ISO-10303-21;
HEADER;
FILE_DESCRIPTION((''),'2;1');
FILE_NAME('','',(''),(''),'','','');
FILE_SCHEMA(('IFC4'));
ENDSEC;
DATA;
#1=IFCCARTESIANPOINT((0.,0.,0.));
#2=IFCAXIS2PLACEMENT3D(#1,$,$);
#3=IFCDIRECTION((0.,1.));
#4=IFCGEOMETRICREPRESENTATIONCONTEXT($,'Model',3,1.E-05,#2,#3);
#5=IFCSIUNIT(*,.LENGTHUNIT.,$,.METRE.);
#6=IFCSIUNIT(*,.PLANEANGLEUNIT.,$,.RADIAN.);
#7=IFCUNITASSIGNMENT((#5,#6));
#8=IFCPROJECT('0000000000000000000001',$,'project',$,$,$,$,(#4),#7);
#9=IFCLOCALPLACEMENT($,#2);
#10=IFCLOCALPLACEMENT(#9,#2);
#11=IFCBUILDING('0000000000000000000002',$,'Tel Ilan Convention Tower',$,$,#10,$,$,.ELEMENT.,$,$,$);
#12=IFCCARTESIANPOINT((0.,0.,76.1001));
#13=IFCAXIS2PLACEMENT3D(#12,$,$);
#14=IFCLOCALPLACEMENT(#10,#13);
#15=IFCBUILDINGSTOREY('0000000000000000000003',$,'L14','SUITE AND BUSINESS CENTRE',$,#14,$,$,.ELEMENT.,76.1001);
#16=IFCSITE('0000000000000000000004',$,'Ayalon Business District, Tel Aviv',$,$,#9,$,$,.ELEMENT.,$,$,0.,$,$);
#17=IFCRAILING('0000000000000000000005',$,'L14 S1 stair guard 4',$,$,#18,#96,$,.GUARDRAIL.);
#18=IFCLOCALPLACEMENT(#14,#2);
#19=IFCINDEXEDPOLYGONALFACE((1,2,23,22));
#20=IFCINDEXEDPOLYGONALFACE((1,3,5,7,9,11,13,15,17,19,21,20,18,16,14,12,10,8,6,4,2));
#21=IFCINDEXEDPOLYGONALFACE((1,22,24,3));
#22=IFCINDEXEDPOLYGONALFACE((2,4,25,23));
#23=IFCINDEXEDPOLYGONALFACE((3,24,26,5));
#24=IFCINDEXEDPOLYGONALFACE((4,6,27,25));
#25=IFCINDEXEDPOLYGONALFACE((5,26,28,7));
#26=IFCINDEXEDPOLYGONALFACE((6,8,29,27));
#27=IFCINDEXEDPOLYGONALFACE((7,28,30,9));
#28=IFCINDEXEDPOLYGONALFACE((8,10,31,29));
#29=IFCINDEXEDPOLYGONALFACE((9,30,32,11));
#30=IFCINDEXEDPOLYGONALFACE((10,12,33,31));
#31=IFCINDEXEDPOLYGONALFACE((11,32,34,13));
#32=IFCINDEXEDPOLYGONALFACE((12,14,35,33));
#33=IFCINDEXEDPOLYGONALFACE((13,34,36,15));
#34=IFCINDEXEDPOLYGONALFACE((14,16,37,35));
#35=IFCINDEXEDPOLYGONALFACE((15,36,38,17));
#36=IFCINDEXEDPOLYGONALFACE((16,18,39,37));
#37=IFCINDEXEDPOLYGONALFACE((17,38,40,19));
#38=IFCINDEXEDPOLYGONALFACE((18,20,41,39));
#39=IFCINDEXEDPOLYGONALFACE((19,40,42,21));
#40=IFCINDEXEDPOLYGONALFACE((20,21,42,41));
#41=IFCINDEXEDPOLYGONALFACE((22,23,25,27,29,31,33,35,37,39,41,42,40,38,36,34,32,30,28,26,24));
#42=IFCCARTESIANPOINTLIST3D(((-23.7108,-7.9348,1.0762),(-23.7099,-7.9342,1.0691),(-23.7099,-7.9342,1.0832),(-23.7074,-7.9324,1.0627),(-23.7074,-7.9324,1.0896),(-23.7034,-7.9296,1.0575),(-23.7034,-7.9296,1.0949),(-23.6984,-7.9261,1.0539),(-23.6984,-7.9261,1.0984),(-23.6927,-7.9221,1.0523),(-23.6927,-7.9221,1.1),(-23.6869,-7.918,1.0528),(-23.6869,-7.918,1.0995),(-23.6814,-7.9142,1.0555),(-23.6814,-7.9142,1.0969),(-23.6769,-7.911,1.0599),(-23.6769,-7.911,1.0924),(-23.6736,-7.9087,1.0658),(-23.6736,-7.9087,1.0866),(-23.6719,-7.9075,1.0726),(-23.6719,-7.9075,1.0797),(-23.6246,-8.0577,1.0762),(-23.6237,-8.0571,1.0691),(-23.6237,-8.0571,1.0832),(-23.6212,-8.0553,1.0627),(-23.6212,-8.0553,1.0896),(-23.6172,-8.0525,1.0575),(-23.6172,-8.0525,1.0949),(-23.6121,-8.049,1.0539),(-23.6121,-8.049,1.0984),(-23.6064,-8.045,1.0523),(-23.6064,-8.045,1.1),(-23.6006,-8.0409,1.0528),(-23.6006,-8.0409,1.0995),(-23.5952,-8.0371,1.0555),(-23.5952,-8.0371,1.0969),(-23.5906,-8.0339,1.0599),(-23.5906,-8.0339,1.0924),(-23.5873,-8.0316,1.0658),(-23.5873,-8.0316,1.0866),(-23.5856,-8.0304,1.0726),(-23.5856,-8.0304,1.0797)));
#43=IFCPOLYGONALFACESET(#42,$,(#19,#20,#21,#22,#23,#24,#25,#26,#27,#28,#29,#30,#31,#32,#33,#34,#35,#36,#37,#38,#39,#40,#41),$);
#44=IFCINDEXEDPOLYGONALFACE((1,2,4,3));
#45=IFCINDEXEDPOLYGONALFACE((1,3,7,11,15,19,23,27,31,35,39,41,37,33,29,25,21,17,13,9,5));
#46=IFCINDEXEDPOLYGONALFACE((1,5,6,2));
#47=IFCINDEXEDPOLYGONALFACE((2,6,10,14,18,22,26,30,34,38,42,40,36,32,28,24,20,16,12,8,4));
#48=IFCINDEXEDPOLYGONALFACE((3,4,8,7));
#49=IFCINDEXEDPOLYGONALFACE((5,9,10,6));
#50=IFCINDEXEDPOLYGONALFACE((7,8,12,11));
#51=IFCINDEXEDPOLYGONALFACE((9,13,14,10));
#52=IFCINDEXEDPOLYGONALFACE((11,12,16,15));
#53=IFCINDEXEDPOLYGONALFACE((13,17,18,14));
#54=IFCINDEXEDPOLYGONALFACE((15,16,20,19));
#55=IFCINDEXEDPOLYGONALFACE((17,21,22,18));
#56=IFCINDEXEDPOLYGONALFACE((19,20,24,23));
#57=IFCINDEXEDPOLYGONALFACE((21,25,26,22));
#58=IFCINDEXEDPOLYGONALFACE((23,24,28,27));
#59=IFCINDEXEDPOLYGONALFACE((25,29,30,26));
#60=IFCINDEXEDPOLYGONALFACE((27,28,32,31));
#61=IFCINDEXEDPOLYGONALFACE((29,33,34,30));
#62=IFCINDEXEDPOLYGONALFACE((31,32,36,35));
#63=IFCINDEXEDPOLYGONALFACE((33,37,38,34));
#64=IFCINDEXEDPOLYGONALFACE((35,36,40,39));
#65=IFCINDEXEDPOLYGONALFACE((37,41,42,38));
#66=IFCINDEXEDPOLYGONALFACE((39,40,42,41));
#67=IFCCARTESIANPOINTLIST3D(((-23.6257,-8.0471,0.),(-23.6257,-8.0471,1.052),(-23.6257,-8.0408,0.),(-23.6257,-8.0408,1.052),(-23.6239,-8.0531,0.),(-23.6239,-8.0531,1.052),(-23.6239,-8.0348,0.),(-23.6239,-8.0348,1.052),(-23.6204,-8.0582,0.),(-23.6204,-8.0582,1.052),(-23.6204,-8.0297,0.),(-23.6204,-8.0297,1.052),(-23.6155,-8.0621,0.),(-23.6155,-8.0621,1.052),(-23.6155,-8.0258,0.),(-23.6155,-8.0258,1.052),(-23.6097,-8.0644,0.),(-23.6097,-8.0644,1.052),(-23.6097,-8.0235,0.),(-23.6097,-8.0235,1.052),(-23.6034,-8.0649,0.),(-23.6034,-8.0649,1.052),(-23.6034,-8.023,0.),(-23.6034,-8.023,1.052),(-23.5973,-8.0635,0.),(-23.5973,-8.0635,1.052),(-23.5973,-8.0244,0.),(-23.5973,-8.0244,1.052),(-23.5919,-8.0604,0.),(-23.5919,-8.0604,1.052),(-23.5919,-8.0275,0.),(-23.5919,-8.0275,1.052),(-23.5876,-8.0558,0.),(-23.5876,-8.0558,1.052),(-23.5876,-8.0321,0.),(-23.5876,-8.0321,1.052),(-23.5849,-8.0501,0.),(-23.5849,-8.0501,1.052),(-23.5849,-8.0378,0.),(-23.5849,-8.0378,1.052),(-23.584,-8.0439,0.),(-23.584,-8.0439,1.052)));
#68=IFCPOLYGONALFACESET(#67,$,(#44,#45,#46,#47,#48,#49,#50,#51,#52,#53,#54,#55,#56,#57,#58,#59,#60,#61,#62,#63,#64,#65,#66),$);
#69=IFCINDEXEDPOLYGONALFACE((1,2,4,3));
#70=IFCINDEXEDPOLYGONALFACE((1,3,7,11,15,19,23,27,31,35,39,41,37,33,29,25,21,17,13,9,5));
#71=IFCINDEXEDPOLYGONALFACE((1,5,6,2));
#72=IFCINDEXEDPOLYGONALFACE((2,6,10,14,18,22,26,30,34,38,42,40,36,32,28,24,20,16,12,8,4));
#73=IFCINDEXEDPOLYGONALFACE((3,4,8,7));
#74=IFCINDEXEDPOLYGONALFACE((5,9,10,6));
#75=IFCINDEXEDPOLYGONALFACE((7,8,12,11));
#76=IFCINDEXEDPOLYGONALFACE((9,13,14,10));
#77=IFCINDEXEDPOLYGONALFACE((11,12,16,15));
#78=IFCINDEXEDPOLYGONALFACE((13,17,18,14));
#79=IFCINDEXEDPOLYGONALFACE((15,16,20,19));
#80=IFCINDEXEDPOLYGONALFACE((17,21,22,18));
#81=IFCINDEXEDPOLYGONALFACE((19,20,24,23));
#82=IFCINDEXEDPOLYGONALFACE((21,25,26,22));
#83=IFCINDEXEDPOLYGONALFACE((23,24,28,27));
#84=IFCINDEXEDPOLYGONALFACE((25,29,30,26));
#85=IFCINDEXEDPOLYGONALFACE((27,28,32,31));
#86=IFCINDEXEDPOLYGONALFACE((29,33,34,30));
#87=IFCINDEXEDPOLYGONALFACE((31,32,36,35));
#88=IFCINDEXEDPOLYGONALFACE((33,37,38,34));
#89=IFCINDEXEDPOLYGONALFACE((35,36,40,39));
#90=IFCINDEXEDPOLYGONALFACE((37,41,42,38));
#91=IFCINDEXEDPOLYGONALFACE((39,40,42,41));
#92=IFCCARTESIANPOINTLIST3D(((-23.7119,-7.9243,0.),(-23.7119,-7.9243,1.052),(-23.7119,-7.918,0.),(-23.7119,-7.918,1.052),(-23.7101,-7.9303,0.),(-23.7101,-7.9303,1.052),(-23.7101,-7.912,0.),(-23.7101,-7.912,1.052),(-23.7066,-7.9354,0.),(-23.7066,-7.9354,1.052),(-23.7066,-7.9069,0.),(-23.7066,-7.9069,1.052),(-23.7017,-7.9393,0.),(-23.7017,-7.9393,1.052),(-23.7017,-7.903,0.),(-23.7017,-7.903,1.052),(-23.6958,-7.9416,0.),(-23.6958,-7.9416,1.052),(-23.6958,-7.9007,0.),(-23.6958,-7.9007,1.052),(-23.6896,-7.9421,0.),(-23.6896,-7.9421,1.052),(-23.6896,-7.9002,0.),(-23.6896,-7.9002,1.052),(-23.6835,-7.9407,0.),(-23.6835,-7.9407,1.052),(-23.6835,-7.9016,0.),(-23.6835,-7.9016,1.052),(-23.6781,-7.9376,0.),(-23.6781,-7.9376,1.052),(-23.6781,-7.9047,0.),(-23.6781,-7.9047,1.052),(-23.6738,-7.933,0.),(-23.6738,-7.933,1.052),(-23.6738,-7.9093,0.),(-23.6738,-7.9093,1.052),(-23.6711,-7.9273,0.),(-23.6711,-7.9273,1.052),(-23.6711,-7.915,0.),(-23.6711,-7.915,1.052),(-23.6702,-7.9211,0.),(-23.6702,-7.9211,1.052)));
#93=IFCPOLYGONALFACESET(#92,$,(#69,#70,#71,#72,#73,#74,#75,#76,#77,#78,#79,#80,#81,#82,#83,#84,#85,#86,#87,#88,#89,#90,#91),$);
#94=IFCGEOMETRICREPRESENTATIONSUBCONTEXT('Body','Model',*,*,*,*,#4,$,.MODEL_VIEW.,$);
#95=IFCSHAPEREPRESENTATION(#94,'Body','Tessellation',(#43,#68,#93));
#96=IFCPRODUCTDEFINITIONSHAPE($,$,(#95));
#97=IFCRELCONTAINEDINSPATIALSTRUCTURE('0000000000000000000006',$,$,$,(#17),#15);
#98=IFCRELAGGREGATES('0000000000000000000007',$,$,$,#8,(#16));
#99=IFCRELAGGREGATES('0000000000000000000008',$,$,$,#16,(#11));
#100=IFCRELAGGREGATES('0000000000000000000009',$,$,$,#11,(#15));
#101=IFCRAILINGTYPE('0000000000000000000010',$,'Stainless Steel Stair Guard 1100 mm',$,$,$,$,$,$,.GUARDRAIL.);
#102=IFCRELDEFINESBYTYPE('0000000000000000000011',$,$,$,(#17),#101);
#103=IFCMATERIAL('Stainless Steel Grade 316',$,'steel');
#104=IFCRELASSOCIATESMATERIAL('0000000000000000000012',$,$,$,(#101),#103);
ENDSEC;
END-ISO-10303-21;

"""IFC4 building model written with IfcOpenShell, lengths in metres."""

from ifc_helpers import new_model, si_unit, direction, frame, origin, origin_2d, place, context, subcontext, project, spatial, circle, extrude, material, type_object, element, save


model = new_model("IFC4")

# Units and contexts
model_context = context("Model", 3, precision=1e-05, world=origin(), true_north=direction((0.0, 1.0)))
body_context = subcontext(model_context, "Body", "Model", "MODEL_VIEW")
ifc_project = project(units=[si_unit("LENGTHUNIT", "METRE"), si_unit("PLANEANGLEUNIT", "RADIAN")], contexts=[model_context])

# Site, building, storey
site_placement = place(None, origin())
site = spatial("IfcSite", under=ifc_project, at=site_placement, Name="Ayalon Business District, Tel Aviv", CompositionType="ELEMENT", RefElevation=0.0)
building_placement = place(site_placement, origin())
building = spatial("IfcBuilding", under=site, at=building_placement, Name="Tel Ilan Convention Tower", CompositionType="ELEMENT")
storey_placement = place(building_placement, frame((0.0, 0.0, 76.1001)))
storey = spatial("IfcBuildingStorey", under=building, at=storey_placement, Name="L14", Description="SUITE AND BUSINESS CENTRE", CompositionType="ELEMENT", Elevation=76.1001)

# Railing
ifc_material_1 = material(Name="Stainless Steel Grade 316", Category="steel")
railing_type_1 = type_object("IfcRailingType", Name="Stainless Steel Stair Guard 1100 mm", PredefinedType="GUARDRAIL", material=ifc_material_1)
railing_1_placement = place(storey_placement, frame((-23.605, -8.0439, 0.0)))
element("IfcRailing", 1, at=railing_1_placement, inside=storey, type_object=railing_type_1, Name="L14 S1 stair guard 4", PredefinedType="GUARDRAIL", context=body_context, shape_type="SweptSolid", body=[
    extrude(circle(Radius=0.0239, at=origin_2d()), frame((0.0, 0.0, 1.0762), z_axis=(-0.574445, 0.818543, 0.0), x_axis=(-0.818543, -0.574445, 0.0)), (0.0, 0.0, 1.0), 0.1501),
    extrude(circle(Radius=0.021, at=origin_2d()), origin(), (0.0, 0.0, 1.0), 1.052),
    extrude(circle(Radius=0.021, at=origin_2d()), frame((-0.0862, 0.1228, 0.0)), (0.0, 0.0, 1.0), 1.052),
])

save(model, "model.ifc")
